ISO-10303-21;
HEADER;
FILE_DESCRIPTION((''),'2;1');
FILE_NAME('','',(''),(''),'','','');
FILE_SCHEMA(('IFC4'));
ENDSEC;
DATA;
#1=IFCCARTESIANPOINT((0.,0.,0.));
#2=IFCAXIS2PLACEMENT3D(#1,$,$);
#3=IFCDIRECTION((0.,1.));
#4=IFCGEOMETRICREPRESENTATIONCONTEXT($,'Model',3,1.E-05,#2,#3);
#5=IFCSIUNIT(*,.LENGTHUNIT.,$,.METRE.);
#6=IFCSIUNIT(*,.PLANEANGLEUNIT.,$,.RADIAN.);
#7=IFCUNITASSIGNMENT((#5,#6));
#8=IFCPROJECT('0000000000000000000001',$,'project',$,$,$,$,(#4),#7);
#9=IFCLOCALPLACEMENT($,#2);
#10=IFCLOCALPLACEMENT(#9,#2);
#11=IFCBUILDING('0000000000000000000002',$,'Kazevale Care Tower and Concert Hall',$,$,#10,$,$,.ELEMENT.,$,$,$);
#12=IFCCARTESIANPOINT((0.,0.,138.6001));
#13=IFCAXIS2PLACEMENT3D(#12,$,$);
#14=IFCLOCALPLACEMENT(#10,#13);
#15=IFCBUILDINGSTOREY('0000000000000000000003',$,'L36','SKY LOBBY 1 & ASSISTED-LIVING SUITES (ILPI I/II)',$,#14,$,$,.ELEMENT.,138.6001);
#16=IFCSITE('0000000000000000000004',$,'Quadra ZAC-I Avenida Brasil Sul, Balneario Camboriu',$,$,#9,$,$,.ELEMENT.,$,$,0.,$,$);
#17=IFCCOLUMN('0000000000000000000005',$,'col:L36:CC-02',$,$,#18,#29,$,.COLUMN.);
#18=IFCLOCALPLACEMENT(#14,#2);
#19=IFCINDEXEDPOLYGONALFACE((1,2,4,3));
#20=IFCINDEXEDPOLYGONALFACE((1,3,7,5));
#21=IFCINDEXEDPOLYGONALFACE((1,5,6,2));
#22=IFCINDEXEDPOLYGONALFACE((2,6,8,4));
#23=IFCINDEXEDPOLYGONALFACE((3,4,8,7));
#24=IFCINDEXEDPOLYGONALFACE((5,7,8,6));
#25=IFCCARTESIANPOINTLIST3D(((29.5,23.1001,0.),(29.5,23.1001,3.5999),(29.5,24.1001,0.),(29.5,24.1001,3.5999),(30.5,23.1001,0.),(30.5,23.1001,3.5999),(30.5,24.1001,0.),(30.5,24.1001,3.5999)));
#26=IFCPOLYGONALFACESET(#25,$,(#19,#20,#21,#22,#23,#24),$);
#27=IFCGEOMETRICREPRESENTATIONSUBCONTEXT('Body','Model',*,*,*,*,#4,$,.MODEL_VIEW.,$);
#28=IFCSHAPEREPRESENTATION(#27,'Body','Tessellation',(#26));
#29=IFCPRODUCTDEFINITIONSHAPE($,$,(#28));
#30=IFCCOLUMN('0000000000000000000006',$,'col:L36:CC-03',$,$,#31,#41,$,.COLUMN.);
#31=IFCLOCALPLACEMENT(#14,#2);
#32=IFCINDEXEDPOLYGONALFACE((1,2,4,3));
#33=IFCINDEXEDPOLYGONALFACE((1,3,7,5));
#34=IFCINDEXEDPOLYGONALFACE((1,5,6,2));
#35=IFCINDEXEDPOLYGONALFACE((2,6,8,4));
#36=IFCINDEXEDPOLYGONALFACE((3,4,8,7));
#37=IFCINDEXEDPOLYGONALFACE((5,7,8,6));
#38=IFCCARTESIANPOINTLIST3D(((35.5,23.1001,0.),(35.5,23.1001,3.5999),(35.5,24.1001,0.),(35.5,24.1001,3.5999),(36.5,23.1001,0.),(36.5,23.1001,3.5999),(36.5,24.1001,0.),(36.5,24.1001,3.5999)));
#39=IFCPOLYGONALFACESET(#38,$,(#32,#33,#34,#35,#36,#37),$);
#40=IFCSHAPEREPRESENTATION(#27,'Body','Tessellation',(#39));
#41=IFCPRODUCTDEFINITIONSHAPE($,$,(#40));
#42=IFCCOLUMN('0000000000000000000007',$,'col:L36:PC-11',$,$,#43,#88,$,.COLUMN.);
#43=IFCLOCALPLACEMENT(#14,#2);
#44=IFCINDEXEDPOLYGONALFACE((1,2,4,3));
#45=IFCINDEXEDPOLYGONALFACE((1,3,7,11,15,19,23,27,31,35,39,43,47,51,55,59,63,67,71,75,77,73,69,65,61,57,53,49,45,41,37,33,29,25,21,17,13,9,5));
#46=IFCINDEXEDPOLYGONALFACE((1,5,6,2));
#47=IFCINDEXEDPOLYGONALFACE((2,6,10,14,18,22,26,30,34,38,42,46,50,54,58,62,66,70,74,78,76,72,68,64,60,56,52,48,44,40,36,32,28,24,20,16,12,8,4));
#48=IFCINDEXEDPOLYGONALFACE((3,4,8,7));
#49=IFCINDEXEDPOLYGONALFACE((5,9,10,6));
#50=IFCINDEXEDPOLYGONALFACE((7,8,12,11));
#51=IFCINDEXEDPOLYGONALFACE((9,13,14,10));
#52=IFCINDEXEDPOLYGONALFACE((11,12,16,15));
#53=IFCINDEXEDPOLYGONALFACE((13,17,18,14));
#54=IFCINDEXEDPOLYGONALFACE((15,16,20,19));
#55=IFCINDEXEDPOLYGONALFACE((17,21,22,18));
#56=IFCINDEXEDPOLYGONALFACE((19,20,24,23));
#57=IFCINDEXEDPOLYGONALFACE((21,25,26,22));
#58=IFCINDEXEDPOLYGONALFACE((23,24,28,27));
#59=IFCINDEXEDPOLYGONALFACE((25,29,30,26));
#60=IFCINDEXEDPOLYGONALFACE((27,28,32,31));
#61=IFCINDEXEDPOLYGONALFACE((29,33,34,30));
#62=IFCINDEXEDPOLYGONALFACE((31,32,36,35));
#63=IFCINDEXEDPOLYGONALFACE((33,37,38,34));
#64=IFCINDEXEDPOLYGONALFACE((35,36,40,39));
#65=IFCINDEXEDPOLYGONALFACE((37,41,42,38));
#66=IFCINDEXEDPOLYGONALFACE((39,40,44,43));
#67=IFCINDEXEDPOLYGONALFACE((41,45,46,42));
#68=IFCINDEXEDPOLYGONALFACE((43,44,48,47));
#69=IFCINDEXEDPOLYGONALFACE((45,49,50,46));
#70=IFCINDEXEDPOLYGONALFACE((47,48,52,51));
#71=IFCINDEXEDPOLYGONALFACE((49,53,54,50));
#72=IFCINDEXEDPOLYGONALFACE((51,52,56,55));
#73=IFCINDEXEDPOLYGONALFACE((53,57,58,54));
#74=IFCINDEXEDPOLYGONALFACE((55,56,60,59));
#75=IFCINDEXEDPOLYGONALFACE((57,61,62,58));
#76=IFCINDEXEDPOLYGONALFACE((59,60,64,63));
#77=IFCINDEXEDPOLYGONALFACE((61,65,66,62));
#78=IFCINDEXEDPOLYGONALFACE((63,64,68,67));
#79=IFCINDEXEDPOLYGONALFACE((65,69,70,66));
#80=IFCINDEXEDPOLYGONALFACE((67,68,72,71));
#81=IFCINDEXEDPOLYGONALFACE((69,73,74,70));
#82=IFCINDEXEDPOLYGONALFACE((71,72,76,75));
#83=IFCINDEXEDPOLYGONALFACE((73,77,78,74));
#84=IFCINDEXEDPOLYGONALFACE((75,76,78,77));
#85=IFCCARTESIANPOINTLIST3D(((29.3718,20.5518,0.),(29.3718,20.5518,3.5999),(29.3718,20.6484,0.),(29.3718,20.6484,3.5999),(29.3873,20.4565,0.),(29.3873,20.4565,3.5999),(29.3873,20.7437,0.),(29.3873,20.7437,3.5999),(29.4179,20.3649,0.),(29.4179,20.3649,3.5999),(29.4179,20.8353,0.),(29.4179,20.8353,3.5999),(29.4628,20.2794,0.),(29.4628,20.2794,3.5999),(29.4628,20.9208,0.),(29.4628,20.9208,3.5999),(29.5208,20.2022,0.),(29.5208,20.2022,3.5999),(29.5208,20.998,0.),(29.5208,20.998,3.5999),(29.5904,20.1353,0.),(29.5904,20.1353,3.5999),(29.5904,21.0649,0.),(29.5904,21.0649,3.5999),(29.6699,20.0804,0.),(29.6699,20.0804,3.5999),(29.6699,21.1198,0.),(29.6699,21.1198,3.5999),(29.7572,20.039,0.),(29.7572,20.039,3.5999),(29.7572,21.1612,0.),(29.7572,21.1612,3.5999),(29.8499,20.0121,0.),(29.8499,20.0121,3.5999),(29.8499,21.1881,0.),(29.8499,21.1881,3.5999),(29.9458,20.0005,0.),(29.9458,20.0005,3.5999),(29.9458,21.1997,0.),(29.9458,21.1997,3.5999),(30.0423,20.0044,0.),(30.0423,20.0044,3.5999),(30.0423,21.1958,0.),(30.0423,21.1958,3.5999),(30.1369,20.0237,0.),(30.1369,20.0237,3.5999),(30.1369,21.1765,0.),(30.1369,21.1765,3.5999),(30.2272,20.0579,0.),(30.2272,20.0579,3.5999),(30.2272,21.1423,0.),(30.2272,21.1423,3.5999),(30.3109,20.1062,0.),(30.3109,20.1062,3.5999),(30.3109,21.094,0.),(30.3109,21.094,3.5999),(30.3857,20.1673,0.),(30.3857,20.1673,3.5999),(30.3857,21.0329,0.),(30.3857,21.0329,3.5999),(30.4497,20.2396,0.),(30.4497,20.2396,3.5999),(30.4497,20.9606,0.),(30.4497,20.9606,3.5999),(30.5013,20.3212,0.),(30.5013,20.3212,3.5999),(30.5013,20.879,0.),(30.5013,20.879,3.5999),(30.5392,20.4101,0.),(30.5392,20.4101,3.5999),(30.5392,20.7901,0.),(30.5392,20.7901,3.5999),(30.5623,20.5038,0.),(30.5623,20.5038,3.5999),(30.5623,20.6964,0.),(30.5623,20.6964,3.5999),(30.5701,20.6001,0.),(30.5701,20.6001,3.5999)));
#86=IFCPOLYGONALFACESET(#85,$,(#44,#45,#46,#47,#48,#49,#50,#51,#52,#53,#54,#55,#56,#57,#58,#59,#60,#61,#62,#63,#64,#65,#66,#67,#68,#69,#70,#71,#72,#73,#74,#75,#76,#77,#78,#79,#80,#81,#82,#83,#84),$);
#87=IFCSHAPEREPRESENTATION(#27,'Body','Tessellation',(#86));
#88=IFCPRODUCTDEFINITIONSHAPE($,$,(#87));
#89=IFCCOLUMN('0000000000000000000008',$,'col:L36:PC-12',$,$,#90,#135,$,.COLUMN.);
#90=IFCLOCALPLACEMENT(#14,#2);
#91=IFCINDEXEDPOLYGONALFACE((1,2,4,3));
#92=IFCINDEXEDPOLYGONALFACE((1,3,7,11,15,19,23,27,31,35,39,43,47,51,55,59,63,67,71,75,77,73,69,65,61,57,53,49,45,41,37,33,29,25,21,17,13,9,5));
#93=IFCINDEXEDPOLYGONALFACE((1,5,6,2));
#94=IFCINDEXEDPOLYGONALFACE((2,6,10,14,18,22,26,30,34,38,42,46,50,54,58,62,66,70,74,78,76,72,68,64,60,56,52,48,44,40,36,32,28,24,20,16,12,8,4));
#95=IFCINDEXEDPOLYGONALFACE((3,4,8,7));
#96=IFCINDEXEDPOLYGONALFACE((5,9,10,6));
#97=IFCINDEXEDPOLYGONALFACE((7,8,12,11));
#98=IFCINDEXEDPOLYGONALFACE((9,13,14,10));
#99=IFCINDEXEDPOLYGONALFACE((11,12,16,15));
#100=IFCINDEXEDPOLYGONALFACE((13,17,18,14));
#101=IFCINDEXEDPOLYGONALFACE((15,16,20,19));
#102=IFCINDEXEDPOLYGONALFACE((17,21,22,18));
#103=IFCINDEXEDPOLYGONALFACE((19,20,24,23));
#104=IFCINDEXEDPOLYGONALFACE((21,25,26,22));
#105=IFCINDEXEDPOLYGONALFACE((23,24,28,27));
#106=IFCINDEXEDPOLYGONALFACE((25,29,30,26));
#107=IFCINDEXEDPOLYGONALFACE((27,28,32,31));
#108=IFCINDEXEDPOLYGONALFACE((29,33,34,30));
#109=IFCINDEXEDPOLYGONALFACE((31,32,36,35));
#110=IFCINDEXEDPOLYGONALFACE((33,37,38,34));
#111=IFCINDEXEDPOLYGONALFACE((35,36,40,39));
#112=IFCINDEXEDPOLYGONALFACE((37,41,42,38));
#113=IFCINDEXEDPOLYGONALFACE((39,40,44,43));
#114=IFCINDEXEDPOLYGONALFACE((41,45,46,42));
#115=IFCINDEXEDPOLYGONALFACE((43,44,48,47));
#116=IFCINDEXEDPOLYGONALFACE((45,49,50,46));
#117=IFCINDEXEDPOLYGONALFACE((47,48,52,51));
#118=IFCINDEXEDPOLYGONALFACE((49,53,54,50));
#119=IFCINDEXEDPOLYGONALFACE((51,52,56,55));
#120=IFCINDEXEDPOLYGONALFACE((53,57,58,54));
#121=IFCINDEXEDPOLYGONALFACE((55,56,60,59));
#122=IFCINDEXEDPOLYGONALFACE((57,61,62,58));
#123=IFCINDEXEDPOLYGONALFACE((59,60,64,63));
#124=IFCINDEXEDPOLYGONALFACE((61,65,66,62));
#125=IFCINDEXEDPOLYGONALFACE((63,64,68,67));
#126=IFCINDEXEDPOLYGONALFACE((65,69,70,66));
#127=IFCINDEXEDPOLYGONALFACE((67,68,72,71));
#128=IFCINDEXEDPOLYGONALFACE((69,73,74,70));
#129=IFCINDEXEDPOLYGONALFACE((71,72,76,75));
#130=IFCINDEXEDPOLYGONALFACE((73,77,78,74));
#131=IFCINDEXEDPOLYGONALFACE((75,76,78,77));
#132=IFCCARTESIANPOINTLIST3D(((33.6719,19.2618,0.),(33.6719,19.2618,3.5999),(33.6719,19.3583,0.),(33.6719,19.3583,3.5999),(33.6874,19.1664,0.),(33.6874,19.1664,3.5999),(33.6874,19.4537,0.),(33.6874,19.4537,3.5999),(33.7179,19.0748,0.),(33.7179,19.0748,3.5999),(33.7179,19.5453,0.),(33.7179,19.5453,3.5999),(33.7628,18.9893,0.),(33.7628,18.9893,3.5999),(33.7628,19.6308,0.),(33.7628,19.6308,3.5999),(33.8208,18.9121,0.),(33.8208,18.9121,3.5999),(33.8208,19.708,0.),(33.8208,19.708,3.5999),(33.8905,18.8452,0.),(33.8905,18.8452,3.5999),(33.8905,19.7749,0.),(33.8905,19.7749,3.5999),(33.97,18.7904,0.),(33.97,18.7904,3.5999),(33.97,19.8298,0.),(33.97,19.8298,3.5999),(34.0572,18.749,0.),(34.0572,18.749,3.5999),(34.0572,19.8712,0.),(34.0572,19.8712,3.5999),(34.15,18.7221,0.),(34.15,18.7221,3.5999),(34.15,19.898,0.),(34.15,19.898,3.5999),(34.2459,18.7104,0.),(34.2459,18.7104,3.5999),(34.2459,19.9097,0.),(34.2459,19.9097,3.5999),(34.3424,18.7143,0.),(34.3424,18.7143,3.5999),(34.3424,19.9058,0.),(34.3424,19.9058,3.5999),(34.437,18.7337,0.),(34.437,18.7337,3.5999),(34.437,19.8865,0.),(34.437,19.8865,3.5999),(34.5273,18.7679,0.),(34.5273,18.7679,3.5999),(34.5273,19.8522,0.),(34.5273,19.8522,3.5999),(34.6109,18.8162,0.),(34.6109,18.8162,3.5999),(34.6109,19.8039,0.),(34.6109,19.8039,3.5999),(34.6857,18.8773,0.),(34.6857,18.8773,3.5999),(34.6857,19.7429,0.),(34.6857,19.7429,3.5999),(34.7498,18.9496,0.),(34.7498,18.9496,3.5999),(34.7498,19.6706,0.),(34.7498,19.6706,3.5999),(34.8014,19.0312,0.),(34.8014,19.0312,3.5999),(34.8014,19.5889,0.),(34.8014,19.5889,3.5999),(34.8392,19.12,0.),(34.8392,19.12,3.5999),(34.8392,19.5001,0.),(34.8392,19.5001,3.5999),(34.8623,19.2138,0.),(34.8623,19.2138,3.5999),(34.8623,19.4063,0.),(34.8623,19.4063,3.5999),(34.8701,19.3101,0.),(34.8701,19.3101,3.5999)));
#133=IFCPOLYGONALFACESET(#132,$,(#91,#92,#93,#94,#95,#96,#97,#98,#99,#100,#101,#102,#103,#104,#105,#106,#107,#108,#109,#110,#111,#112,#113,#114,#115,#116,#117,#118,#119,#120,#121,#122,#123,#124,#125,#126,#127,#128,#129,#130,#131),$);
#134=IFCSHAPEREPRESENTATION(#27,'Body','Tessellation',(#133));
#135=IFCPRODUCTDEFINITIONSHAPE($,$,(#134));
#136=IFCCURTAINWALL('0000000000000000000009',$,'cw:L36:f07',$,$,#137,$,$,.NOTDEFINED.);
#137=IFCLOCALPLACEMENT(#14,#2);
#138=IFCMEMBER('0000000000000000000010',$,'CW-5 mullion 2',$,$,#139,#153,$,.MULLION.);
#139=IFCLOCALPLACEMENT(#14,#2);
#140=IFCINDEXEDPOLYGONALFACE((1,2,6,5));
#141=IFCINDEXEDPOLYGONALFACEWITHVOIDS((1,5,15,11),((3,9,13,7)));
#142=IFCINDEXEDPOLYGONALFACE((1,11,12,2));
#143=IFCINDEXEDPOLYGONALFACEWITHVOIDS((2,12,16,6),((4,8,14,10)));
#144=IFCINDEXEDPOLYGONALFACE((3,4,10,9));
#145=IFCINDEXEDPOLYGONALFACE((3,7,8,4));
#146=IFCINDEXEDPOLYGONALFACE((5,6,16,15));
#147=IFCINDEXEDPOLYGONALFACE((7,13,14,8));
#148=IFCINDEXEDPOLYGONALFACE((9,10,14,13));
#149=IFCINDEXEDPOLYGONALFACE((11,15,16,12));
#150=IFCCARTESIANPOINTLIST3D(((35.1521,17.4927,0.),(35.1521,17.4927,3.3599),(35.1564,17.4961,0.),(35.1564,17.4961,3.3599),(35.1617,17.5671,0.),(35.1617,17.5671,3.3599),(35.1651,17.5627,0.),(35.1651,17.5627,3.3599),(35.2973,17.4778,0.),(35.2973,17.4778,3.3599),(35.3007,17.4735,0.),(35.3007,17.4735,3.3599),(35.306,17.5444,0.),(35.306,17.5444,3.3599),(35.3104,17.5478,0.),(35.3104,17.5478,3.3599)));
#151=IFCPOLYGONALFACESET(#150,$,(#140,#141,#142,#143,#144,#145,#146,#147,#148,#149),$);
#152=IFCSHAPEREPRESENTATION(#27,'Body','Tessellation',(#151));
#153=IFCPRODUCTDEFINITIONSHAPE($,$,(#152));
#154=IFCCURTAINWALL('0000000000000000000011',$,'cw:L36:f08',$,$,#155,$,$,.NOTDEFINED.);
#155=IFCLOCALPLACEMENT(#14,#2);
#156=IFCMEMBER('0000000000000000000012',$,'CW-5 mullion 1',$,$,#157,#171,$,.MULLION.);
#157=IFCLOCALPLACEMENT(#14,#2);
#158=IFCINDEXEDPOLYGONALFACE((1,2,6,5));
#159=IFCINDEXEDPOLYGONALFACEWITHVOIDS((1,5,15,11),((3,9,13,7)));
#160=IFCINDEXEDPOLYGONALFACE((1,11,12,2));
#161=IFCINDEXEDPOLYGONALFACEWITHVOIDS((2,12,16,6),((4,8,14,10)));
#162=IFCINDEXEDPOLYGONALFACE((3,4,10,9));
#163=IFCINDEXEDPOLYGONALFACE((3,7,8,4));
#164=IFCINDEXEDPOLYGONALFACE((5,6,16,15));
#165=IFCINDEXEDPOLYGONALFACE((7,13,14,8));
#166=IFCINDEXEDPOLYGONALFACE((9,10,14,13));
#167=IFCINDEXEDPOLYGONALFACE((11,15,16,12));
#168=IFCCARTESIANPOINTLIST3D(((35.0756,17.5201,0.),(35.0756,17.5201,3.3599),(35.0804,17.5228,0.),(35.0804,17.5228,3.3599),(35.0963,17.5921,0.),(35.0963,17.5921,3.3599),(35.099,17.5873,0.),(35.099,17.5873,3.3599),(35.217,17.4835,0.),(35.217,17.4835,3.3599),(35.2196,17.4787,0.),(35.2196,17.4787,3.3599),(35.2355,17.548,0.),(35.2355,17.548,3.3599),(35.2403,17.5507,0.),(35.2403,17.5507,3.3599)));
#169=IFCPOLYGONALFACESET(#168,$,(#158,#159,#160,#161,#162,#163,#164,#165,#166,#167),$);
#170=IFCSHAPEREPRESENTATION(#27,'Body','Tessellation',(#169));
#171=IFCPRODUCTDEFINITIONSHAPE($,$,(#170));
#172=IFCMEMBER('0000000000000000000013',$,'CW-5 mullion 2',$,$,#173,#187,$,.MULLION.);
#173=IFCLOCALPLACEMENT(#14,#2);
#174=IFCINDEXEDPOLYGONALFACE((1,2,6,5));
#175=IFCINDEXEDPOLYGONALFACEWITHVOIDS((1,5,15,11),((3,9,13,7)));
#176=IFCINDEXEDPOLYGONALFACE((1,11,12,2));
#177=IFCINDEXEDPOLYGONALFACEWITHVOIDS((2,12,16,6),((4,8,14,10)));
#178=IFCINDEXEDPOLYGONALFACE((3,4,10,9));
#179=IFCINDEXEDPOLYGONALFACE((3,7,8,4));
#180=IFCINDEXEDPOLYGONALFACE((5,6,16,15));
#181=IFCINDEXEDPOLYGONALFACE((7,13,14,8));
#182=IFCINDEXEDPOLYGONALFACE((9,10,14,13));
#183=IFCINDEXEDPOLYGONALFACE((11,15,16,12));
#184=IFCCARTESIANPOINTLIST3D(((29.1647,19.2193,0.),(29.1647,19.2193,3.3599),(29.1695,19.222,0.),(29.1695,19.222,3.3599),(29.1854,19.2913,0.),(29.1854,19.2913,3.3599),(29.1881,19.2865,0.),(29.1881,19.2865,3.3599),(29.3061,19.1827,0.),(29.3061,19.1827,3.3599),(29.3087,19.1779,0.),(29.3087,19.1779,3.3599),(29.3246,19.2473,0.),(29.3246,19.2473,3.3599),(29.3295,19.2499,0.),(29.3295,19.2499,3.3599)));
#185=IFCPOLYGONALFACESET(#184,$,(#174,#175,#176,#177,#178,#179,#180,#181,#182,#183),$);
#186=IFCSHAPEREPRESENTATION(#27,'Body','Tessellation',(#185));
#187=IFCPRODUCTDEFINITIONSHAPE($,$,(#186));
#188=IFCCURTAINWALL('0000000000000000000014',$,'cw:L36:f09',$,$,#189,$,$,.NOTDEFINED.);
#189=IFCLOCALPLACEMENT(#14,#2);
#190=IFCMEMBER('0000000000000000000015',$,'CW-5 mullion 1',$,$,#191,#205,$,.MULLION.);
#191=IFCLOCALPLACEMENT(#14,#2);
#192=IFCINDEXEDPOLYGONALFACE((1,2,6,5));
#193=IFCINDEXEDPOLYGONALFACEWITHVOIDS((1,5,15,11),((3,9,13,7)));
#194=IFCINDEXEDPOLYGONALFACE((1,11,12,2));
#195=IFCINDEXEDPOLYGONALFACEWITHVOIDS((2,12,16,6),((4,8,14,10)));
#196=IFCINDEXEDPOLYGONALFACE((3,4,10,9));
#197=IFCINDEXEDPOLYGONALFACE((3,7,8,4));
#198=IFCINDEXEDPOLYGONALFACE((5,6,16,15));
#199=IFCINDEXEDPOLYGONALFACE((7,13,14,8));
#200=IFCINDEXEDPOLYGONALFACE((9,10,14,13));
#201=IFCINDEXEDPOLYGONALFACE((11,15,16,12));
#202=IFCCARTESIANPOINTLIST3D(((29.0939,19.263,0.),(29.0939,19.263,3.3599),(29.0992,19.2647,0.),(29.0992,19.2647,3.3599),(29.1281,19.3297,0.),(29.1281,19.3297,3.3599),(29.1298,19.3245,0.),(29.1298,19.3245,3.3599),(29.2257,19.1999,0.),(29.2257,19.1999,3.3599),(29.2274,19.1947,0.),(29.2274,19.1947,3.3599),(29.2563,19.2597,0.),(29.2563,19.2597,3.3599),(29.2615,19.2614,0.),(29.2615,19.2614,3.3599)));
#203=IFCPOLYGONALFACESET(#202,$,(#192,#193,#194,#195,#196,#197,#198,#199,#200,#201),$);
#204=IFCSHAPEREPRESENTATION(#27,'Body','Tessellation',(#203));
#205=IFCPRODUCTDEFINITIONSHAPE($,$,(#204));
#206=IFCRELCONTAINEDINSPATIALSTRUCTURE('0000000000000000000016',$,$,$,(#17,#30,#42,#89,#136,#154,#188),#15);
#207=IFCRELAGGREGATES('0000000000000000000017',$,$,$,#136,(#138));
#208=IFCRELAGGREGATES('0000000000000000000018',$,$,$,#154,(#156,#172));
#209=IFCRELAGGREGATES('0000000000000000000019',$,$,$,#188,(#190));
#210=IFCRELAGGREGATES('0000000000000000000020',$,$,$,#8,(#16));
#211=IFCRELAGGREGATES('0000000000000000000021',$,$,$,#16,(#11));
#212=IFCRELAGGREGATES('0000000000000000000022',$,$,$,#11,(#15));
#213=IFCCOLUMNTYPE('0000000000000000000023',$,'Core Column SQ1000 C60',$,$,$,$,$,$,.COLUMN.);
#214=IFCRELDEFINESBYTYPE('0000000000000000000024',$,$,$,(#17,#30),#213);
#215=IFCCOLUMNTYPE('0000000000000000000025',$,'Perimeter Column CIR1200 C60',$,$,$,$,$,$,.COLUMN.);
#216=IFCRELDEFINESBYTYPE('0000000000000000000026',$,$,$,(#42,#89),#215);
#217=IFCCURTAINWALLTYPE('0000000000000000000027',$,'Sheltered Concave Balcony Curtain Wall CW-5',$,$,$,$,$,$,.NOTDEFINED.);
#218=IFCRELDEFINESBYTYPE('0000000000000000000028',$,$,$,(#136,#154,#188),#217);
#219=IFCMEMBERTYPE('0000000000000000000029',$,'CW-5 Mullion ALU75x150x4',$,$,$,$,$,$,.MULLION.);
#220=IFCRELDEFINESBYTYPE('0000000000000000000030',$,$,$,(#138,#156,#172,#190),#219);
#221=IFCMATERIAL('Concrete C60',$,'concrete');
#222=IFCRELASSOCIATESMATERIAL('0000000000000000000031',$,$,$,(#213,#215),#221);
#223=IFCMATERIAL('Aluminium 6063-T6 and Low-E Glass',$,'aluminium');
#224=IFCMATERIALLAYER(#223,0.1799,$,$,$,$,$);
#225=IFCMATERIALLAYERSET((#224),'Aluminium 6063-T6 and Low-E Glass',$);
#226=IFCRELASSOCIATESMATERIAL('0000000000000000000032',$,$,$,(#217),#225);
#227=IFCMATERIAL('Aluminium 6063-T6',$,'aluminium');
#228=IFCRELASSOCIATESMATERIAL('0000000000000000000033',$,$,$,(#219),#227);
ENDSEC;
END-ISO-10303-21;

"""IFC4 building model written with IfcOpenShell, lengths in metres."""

from ifc_helpers import new_model, si_unit, direction, frame, origin, origin_2d, place, context, subcontext, project, spatial, rectangle, hollow_rectangle, circle, extrude, material, layer, layer_set, material_profile, profile_set, type_object, element, aggregate, save


model = new_model("IFC4")

# Units and contexts
model_context = context("Model", 3, precision=1e-05, world=origin(), true_north=direction((0.0, 1.0)))
body_context = subcontext(model_context, "Body", "Model", "MODEL_VIEW")
ifc_project = project(units=[si_unit("LENGTHUNIT", "METRE"), si_unit("PLANEANGLEUNIT", "RADIAN")], contexts=[model_context])

# Site, building, storey
site_placement = place(None, origin())
site = spatial("IfcSite", under=ifc_project, at=site_placement, Name="Quadra ZAC-I Avenida Brasil Sul, Balneario Camboriu", CompositionType="ELEMENT", RefElevation=0.0)
building_placement = place(site_placement, origin())
building = spatial("IfcBuilding", under=site, at=building_placement, Name="Kazevale Care Tower and Concert Hall", CompositionType="ELEMENT")
storey_placement = place(building_placement, frame((0.0, 0.0, 138.6001)))
storey = spatial("IfcBuildingStorey", under=building, at=storey_placement, Name="L36", Description="SKY LOBBY 1 & ASSISTED-LIVING SUITES (ILPI I/II)", CompositionType="ELEMENT", Elevation=138.6001)

# Columns
ifc_material_1 = material(Name="Concrete C60", Category="concrete")
ifc_material_profile_1 = material_profile(ifc_material_1, rectangle(XDim=1.0, YDim=1.0, at=origin_2d()), Name="RC-SQ1000")
ifc_profile_set_1 = profile_set([ifc_material_profile_1], Name="Concrete C60")
column_type_1 = type_object("IfcColumnType", Name="Core Column SQ1000 C60", PredefinedType="COLUMN", material=ifc_profile_set_1)
for number, where, z_axis, x_axis, name in (
    (1, (30.0, 23.6001, 0.0), (0.0, 0.0, 1.0), (1.0, 0.0, 0.0), "col:L36:CC-02"),
    (2, (36.0, 23.6001, 0.0), (0.0, 0.0, 1.0), (1.0, 0.0, 0.0), "col:L36:CC-03"),
):
    element("IfcColumn", number, at=place(storey_placement, frame(where, z_axis=z_axis, x_axis=x_axis)), inside=storey, type_object=column_type_1, Name=name, PredefinedType="COLUMN", context=body_context, shape_type="SweptSolid", body=[
        extrude(rectangle(XDim=1.0, YDim=1.0, at=origin_2d()), origin(), (0.0, 0.0, 1.0), 3.5999),
    ])
ifc_material_profile_2 = material_profile(ifc_material_1, circle(Radius=0.6001, at=origin_2d()), Name="RC-CIR1200")
ifc_profile_set_2 = profile_set([ifc_material_profile_2], Name="Concrete C60")
column_type_2 = type_object("IfcColumnType", Name="Perimeter Column CIR1200 C60", PredefinedType="COLUMN", material=ifc_profile_set_2)
for number, where, z_axis, x_axis, name in (
    (3, (29.97, 20.6001, 0.0), (0.0, 0.0, 1.0), (1.0, 0.0, 0.0), "col:L36:PC-11"),
    (4, (34.27, 19.3101, 0.0), (0.0, 0.0, 1.0), (1.0, 0.0, 0.0), "col:L36:PC-12"),
):
    element("IfcColumn", number, at=place(storey_placement, frame(where, z_axis=z_axis, x_axis=x_axis)), inside=storey, type_object=column_type_2, Name=name, PredefinedType="COLUMN", context=body_context, shape_type="SweptSolid", body=[
        extrude(circle(Radius=0.6001, at=origin_2d()), origin(), (0.0, 0.0, 1.0), 3.5999),
    ])

# Curtain wall, member
ifc_material_2 = material(Name="Aluminium 6063-T6 and Low-E Glass", Category="aluminium")
ifc_layer_1 = layer(ifc_material_2, 0.1799)
ifc_layer_set_1 = layer_set([ifc_layer_1], Name="Aluminium 6063-T6 and Low-E Glass")
curtain_wall_type = type_object("IfcCurtainWallType", Name="Sheltered Concave Balcony Curtain Wall CW-5", PredefinedType="NOTDEFINED", material=ifc_layer_set_1)
curtain_wall_1_placement = place(storey_placement, origin())
curtain_wall_1 = element("IfcCurtainWall", 5, at=curtain_wall_1_placement, inside=storey, type_object=curtain_wall_type, Name="cw:L36:f07", PredefinedType="NOTDEFINED")
ifc_material_3 = material(Name="Aluminium 6063-T6", Category="aluminium")
ifc_material_profile_3 = material_profile(ifc_material_3, hollow_rectangle(XDim=0.075, YDim=0.1499, WallThickness=0.0039, at=origin_2d()), Name="ALU75x150x4")
ifc_profile_set_3 = profile_set([ifc_material_profile_3], Name="Aluminium 6063-T6")
member_type_1 = type_object("IfcMemberType", Name="CW-5 Mullion ALU75x150x4", PredefinedType="MULLION", material=ifc_profile_set_3)
member_1_placement = place(storey_placement, frame((35.2312, 17.5203, 0.0), z_axis=(0.0, 0.0, 1.0), x_axis=(-0.128685, -0.991686, 0.0)))
member_1 = element("IfcMember", 6, at=member_1_placement, type_object=member_type_1, Name="CW-5 mullion 2", PredefinedType="MULLION", context=body_context, shape_type="SweptSolid", body=[
    extrude(hollow_rectangle(XDim=0.075, YDim=0.1499, WallThickness=0.0039, at=origin_2d()), origin(), (0.0, 0.0, 1.0), 3.3599),
])
aggregate(curtain_wall_1, [member_1])

# Curtain wall, members
curtain_wall_2_placement = place(storey_placement, origin())
curtain_wall_2 = element("IfcCurtainWall", 7, at=curtain_wall_2_placement, inside=storey, type_object=curtain_wall_type, Name="cw:L36:f08", PredefinedType="NOTDEFINED")
member_2_placement = place(storey_placement, frame((35.158, 17.5354, 0.0), z_axis=(0.0, 0.0, 1.0), x_axis=(-0.276291, -0.961074, 0.0)))
member_2 = element("IfcMember", 8, at=member_2_placement, type_object=member_type_1, Name="CW-5 mullion 1", PredefinedType="MULLION", context=body_context, shape_type="SweptSolid", body=[
    extrude(hollow_rectangle(XDim=0.075, YDim=0.1499, WallThickness=0.0039, at=origin_2d()), origin(), (0.0, 0.0, 1.0), 3.3599),
])
member_3_placement = place(storey_placement, frame((29.2471, 19.2346, 0.0), z_axis=(0.0, 0.0, 1.0), x_axis=(-0.276291, -0.961074, 0.0)))
member_3 = element("IfcMember", 9, at=member_3_placement, type_object=member_type_1, Name="CW-5 mullion 2", PredefinedType="MULLION", context=body_context, shape_type="SweptSolid", body=[
    extrude(hollow_rectangle(XDim=0.075, YDim=0.1499, WallThickness=0.0039, at=origin_2d()), origin(), (0.0, 0.0, 1.0), 3.3599),
])

# Curtain wall, member
curtain_wall_3_placement = place(storey_placement, origin())
curtain_wall_3 = element("IfcCurtainWall", 10, at=curtain_wall_3_placement, inside=storey, type_object=curtain_wall_type, Name="cw:L36:f09", PredefinedType="NOTDEFINED")
member_4_placement = place(storey_placement, frame((29.1777, 19.2622, 0.0), z_axis=(0.0, 0.0, 1.0), x_axis=(-0.455713, -0.890127, 0.0)))
member_4 = element("IfcMember", 11, at=member_4_placement, type_object=member_type_1, Name="CW-5 mullion 1", PredefinedType="MULLION", context=body_context, shape_type="SweptSolid", body=[
    extrude(hollow_rectangle(XDim=0.075, YDim=0.1499, WallThickness=0.0039, at=origin_2d()), origin(), (0.0, 0.0, 1.0), 3.3599),
])

aggregate(curtain_wall_2, [member_2, member_3])
aggregate(curtain_wall_3, [member_4])

save(model, "model.ifc")
